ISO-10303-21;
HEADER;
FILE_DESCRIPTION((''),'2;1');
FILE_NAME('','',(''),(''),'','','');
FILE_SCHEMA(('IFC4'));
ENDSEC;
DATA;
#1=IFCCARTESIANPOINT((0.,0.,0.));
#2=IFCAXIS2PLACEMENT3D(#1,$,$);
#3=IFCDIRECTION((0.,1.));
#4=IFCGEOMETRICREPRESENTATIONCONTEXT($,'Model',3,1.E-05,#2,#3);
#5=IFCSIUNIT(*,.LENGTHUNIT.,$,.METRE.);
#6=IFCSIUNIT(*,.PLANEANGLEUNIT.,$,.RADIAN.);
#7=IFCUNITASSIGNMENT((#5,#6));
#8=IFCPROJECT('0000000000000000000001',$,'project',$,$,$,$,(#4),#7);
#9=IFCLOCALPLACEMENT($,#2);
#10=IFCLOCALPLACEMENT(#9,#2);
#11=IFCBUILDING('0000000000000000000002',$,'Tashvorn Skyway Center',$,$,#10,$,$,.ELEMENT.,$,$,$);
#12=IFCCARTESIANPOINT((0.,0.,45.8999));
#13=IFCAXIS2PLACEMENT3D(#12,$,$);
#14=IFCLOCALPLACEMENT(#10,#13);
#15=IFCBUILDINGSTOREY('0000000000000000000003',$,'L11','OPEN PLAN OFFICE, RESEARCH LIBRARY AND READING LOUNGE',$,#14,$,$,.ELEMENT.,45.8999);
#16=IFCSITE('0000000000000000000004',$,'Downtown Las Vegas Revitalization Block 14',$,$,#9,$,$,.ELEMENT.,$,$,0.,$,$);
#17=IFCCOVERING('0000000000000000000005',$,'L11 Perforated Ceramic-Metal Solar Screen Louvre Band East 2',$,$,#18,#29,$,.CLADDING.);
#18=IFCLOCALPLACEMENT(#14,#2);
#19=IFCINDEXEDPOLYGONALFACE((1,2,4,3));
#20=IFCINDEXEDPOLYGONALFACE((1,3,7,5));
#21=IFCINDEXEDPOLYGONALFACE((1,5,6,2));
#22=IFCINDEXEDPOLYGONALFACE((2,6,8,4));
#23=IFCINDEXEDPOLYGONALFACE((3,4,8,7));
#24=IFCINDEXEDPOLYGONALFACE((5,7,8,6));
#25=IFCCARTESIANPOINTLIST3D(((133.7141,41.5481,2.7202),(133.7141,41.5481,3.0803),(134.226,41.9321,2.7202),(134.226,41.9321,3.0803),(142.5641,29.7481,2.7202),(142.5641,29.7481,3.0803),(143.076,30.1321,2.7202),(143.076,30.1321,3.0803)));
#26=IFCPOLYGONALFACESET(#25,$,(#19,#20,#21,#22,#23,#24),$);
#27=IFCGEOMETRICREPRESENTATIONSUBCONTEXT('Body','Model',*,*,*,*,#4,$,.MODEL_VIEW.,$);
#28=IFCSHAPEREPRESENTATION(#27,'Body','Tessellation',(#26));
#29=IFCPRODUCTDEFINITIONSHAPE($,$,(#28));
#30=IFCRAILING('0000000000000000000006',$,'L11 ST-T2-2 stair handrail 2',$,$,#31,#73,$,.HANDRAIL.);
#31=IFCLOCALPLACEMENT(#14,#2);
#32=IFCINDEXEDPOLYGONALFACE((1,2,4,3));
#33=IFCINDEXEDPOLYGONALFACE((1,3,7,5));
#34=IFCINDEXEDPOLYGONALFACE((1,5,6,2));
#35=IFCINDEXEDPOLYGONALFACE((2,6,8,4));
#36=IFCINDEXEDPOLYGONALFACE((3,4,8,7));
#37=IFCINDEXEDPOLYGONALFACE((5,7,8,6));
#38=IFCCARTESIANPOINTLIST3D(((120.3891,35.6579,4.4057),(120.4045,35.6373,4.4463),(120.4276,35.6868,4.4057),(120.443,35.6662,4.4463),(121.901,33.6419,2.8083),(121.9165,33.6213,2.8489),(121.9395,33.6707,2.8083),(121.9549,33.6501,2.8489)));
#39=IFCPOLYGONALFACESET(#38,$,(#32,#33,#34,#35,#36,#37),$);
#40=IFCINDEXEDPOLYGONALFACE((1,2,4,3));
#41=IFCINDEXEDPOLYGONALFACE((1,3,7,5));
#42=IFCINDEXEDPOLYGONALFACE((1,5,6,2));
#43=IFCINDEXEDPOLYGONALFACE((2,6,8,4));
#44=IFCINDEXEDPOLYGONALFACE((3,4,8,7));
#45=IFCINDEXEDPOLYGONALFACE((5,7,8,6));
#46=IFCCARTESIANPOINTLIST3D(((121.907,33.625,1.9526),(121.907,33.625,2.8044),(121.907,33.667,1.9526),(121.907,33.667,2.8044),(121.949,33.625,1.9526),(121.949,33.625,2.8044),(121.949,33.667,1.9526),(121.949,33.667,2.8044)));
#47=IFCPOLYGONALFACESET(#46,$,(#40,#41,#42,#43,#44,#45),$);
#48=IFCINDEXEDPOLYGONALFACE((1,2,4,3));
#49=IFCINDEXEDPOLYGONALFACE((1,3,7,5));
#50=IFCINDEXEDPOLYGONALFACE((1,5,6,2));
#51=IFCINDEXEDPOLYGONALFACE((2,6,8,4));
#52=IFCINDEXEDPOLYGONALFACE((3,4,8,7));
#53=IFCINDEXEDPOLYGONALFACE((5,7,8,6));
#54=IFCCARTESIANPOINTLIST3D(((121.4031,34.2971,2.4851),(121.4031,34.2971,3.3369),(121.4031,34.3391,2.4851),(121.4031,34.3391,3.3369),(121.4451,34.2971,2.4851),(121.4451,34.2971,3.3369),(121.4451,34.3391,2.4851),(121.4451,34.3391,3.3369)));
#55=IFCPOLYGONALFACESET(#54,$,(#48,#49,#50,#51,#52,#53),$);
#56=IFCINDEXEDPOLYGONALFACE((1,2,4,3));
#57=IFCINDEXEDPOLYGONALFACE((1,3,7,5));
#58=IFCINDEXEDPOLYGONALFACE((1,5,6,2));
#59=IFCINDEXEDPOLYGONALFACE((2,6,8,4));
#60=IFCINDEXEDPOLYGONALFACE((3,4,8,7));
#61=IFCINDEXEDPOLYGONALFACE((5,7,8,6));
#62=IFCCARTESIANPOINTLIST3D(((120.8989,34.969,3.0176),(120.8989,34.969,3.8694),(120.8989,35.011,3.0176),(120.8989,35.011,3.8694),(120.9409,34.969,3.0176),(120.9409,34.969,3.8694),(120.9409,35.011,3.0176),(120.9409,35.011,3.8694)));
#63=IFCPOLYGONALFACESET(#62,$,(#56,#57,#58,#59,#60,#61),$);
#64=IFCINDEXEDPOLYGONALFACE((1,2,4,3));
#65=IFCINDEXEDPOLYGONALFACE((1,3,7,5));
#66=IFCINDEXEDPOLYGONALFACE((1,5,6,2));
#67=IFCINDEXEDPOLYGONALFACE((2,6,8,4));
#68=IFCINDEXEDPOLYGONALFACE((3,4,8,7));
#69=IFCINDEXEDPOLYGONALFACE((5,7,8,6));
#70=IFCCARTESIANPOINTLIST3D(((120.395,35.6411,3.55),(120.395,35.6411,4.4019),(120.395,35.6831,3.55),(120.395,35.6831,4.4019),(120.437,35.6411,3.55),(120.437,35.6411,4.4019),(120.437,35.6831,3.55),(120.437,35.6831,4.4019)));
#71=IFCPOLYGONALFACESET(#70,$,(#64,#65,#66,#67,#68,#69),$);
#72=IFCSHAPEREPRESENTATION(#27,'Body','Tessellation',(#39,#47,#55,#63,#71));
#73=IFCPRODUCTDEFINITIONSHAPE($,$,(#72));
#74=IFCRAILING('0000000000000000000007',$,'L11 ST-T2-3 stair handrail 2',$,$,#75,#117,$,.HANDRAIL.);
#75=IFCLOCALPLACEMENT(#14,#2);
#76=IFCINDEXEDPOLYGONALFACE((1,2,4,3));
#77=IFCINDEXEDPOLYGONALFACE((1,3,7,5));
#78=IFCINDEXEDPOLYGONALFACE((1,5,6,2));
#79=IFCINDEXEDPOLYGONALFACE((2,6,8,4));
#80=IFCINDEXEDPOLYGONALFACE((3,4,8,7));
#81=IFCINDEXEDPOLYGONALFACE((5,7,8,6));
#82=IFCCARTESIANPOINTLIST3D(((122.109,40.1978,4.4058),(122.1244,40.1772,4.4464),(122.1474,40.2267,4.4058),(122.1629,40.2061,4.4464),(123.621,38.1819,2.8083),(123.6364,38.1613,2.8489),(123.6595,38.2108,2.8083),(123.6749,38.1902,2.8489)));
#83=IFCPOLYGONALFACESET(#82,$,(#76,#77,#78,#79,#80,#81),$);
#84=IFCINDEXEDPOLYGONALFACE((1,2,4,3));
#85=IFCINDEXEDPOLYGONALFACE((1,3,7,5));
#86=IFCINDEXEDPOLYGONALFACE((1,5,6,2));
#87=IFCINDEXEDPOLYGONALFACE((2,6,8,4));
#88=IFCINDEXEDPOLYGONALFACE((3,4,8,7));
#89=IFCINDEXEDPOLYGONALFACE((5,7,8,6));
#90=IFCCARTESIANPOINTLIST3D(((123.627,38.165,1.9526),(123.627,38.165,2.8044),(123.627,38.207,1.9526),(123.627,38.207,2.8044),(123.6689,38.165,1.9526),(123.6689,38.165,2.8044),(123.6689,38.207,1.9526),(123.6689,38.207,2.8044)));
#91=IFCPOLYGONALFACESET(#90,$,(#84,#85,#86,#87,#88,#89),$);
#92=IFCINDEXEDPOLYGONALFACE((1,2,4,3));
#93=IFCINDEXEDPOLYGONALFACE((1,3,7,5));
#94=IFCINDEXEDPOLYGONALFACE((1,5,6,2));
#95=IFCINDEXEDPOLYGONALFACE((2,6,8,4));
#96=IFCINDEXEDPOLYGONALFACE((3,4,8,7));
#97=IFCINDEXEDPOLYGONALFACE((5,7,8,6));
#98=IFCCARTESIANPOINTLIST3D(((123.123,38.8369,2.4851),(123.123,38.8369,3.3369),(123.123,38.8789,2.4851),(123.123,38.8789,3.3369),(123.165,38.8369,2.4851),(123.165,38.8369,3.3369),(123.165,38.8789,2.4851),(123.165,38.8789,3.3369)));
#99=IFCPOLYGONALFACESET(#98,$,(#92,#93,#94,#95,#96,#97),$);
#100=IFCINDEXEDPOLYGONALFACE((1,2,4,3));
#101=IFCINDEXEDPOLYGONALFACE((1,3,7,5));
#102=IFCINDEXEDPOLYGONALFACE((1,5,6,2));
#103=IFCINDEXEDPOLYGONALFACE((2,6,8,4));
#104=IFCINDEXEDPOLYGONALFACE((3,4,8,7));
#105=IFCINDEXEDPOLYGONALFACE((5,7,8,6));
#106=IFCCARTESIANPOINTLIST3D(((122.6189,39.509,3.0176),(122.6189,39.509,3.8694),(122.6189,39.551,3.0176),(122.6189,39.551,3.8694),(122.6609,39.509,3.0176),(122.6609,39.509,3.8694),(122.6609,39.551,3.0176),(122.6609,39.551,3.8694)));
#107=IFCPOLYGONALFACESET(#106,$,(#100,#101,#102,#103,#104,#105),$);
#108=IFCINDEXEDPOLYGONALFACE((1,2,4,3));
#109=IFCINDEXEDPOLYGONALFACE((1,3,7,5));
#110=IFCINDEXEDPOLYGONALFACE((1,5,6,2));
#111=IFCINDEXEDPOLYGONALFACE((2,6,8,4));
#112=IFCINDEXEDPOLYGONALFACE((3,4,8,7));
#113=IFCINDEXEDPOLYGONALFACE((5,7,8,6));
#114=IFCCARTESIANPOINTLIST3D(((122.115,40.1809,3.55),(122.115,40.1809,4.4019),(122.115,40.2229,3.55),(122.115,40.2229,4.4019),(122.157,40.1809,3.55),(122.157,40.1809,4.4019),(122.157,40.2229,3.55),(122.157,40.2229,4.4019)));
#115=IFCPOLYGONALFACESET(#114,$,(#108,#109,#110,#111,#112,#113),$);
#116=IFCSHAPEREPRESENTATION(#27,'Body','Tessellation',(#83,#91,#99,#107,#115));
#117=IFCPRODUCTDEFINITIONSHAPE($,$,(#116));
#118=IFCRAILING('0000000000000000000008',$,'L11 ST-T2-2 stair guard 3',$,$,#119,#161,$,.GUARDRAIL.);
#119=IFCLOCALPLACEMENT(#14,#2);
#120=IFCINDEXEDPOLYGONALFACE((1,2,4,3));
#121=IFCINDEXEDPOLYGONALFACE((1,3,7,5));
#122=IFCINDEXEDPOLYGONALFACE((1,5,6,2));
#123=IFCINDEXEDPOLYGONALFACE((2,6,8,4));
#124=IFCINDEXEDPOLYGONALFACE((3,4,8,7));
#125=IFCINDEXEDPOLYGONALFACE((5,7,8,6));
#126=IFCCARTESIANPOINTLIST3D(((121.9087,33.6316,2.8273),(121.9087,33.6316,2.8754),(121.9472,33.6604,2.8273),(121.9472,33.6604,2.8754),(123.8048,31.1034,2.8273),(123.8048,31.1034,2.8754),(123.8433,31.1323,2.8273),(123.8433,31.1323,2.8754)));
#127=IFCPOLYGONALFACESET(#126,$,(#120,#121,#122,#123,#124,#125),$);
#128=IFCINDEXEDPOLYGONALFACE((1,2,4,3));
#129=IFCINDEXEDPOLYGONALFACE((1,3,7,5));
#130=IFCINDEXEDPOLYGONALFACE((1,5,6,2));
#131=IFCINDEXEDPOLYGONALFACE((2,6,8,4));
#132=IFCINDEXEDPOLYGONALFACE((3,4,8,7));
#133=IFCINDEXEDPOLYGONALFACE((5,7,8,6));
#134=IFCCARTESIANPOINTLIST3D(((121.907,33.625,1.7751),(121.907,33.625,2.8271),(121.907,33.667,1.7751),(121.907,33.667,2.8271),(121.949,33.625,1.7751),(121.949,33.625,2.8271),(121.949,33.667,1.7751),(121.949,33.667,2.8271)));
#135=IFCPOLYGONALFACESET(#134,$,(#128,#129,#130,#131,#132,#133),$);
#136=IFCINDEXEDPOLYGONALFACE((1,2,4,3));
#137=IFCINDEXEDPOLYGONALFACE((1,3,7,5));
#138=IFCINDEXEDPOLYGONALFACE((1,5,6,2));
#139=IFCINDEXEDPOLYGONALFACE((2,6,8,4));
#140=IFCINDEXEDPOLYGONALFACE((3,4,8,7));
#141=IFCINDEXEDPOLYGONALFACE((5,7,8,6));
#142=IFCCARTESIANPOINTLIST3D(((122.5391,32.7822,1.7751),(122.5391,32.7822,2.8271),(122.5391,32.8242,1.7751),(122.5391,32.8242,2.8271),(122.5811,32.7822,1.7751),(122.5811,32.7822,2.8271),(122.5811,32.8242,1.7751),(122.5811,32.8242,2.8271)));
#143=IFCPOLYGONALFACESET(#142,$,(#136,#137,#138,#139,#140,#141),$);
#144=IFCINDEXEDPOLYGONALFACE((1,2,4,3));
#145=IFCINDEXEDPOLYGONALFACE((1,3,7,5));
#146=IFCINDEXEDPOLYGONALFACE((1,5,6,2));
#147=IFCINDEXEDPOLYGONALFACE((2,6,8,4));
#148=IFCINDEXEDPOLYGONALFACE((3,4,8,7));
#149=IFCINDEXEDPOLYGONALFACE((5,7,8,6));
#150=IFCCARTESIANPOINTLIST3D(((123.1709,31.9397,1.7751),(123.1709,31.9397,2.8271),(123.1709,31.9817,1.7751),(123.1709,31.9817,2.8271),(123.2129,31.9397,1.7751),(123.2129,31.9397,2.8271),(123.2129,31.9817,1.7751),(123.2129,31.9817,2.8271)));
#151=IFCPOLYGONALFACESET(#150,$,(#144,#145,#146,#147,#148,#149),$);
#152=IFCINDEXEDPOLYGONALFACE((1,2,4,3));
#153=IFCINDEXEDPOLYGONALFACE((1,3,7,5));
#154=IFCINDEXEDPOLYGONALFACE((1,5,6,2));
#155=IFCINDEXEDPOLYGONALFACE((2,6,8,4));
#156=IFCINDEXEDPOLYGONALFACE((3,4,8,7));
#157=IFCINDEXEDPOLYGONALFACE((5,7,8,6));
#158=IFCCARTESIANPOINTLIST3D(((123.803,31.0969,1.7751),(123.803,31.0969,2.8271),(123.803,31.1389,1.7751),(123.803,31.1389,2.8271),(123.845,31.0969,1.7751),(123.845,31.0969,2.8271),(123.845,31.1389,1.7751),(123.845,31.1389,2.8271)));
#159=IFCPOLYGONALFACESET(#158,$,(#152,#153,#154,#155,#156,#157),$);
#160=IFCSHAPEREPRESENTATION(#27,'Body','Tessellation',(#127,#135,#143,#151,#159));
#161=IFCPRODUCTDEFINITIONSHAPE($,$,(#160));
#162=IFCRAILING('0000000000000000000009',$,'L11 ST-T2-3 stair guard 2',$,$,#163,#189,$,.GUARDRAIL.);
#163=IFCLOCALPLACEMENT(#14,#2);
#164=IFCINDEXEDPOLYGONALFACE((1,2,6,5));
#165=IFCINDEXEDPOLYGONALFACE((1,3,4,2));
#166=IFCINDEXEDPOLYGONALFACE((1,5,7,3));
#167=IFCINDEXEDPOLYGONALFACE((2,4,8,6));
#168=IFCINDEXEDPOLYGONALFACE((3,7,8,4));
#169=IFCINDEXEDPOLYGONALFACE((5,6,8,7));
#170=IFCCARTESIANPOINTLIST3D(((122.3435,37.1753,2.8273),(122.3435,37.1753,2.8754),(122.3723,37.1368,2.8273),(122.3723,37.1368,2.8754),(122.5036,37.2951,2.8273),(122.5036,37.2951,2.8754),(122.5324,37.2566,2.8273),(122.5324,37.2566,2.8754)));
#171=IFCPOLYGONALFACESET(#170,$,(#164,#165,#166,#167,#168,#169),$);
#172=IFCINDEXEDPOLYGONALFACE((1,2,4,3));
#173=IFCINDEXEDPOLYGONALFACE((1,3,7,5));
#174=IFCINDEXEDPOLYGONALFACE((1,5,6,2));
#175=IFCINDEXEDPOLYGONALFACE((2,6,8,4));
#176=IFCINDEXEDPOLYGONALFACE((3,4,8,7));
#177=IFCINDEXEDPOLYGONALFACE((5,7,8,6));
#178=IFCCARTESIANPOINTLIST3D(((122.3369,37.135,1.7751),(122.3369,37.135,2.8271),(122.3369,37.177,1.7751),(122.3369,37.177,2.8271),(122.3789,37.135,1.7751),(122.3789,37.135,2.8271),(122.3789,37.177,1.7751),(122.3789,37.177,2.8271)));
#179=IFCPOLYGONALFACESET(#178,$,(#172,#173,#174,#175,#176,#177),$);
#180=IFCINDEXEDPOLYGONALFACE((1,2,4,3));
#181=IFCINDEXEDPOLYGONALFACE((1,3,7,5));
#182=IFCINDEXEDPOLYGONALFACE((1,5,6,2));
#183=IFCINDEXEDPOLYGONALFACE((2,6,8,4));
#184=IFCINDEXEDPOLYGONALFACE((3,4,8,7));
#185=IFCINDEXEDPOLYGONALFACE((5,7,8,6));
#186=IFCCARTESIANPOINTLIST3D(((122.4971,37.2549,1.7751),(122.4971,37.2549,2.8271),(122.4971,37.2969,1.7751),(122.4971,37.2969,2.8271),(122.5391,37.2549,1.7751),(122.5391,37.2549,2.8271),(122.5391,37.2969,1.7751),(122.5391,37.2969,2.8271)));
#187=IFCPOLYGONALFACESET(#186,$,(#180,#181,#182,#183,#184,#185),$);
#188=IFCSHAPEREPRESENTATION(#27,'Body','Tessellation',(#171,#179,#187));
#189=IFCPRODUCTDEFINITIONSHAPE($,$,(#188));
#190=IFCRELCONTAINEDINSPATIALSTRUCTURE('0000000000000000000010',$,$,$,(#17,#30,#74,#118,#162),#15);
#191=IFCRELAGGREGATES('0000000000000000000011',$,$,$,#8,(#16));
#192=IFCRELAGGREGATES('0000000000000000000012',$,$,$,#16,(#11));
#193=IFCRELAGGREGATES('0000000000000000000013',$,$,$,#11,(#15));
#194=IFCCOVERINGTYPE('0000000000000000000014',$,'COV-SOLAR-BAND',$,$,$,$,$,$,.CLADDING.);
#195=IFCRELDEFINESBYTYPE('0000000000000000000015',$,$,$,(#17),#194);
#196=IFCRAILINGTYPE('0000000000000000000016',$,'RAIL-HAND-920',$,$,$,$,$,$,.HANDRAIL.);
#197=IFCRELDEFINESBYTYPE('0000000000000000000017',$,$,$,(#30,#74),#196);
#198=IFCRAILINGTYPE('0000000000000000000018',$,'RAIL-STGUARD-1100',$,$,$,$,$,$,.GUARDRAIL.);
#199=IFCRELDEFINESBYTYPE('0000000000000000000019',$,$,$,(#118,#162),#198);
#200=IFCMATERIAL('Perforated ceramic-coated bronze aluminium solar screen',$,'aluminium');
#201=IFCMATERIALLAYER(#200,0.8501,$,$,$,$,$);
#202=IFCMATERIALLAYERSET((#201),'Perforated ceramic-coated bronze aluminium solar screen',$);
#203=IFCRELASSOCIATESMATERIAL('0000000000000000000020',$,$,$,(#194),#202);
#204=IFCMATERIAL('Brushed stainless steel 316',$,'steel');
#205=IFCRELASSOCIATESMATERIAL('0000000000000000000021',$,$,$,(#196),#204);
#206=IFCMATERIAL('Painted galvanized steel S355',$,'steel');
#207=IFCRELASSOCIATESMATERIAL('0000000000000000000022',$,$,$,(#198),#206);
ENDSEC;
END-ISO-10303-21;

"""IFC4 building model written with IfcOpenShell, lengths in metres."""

from ifc_helpers import new_model, si_unit, direction, frame, origin, origin_2d, place, context, subcontext, project, spatial, rectangle, extrude, material, layer, layer_set, type_object, element, save


model = new_model("IFC4")

# Units and contexts
model_context = context("Model", 3, precision=1e-05, world=origin(), true_north=direction((0.0, 1.0)))
body_context = subcontext(model_context, "Body", "Model", "MODEL_VIEW")
ifc_project = project(units=[si_unit("LENGTHUNIT", "METRE"), si_unit("PLANEANGLEUNIT", "RADIAN")], contexts=[model_context])

# Site, building, storey
site_placement = place(None, origin())
site = spatial("IfcSite", under=ifc_project, at=site_placement, Name="Downtown Las Vegas Revitalization Block 14", CompositionType="ELEMENT", RefElevation=0.0)
building_placement = place(site_placement, origin())
building = spatial("IfcBuilding", under=site, at=building_placement, Name="Tashvorn Skyway Center", CompositionType="ELEMENT")
storey_placement = place(building_placement, frame((0.0, 0.0, 45.8999)))
storey = spatial("IfcBuildingStorey", under=building, at=storey_placement, Name="L11", Description="OPEN PLAN OFFICE, RESEARCH LIBRARY AND READING LOUNGE", CompositionType="ELEMENT", Elevation=45.8999)

# Covering
ifc_material_1 = material(Name="Perforated ceramic-coated bronze aluminium solar screen", Category="aluminium")
ifc_layer_1 = layer(ifc_material_1, 0.8501)
ifc_layer_set_1 = layer_set([ifc_layer_1], Name="Perforated ceramic-coated bronze aluminium solar screen")
covering_type_1 = type_object("IfcCoveringType", Name="COV-SOLAR-BAND", PredefinedType="CLADDING", material=ifc_layer_set_1)
for number, where, z_axis, x_axis, name in (
    (1, (138.395, 35.8401, 2.7202), (0.0, 0.0, 1.0), (0.6, -0.8, 0.0), "L11 Perforated Ceramic-Metal Solar Screen Louvre Band East 2"),
):
    element("IfcCovering", number, at=place(storey_placement, frame(where, z_axis=z_axis, x_axis=x_axis)), inside=storey, type_object=covering_type_1, Name=name, PredefinedType="CLADDING", context=body_context, shape_type="SweptSolid", body=[
        extrude(rectangle(XDim=14.75, YDim=0.6399, at=origin_2d()), origin(), (0.0, 0.0, 1.0), 0.3601),
    ])

# Railings
ifc_material_2 = material(Name="Brushed stainless steel 316", Category="steel")
railing_type_1 = type_object("IfcRailingType", Name="RAIL-HAND-920", PredefinedType="HANDRAIL", material=ifc_material_2)
railing_1_placement = place(storey_placement, frame((121.928, 33.646, 1.9526)))
element("IfcRailing", 2, at=railing_1_placement, inside=storey, type_object=railing_type_1, Name="L11 ST-T2-2 stair handrail 2", PredefinedType="HANDRAIL", context=body_context, shape_type="SweptSolid", body=[
    extrude(rectangle(XDim=0.0481, YDim=0.0481, at=origin_2d()), frame((0.0, 0.0, 0.876), z_axis=(-0.506741, 0.675709, 0.535379), x_axis=(-0.800023, -0.599969, 0.0)), (0.0, 0.0, 1.0), 2.9836),
    extrude(rectangle(XDim=0.042, YDim=0.042, at=origin_2d()), origin(), (0.0, 0.0, 1.0), 0.8518),
    extrude(rectangle(XDim=0.042, YDim=0.042, at=origin_2d()), frame((-0.5039, 0.6721, 0.5325)), (0.0, 0.0, 1.0), 0.8518),
    extrude(rectangle(XDim=0.042, YDim=0.042, at=origin_2d()), frame((-1.0081, 1.344, 1.0649)), (0.0, 0.0, 1.0), 0.8518),
    extrude(rectangle(XDim=0.042, YDim=0.042, at=origin_2d()), frame((-1.512, 2.0161, 1.5974)), (0.0, 0.0, 1.0), 0.8518),
])
railing_2_placement = place(storey_placement, frame((123.6479, 38.186, 1.9526)))
element("IfcRailing", 3, at=railing_2_placement, inside=storey, type_object=railing_type_1, Name="L11 ST-T2-3 stair handrail 2", PredefinedType="HANDRAIL", context=body_context, shape_type="SweptSolid", body=[
    extrude(rectangle(XDim=0.0481, YDim=0.0481, at=origin_2d()), frame((0.0, 0.0, 0.876), z_axis=(-0.506769, 0.675664, 0.535409), x_axis=(-0.799988, -0.600016, 0.0)), (0.0, 0.0, 1.0), 2.9836),
    extrude(rectangle(XDim=0.042, YDim=0.042, at=origin_2d()), origin(), (0.0, 0.0, 1.0), 0.8518),
    extrude(rectangle(XDim=0.042, YDim=0.042, at=origin_2d()), frame((-0.5039, 0.6719, 0.5325)), (0.0, 0.0, 1.0), 0.8518),
    extrude(rectangle(XDim=0.042, YDim=0.042, at=origin_2d()), frame((-1.0081, 1.344, 1.0649)), (0.0, 0.0, 1.0), 0.8518),
    extrude(rectangle(XDim=0.042, YDim=0.042, at=origin_2d()), frame((-1.512, 2.0159, 1.5974)), (0.0, 0.0, 1.0), 0.8518),
])
ifc_material_3 = material(Name="Painted galvanized steel S355", Category="steel")
railing_type_2 = type_object("IfcRailingType", Name="RAIL-STGUARD-1100", PredefinedType="GUARDRAIL", material=ifc_material_3)
railing_3_placement = place(storey_placement, frame((121.928, 33.646, 1.7751)))
element("IfcRailing", 4, at=railing_3_placement, inside=storey, type_object=railing_type_2, Name="L11 ST-T2-2 stair guard 3", PredefinedType="GUARDRAIL", context=body_context, shape_type="SweptSolid", body=[
    extrude(rectangle(XDim=0.0481, YDim=0.0481, at=origin_2d()), frame((0.0, 0.0, 1.0762), z_axis=(0.599988, -0.800009, 0.0), x_axis=(0.800009, 0.599988, 0.0)), (0.0, 0.0, 1.0), 3.1602),
    extrude(rectangle(XDim=0.042, YDim=0.042, at=origin_2d()), origin(), (0.0, 0.0, 1.0), 1.052),
    extrude(rectangle(XDim=0.042, YDim=0.042, at=origin_2d()), frame((0.6321, -0.8428, 0.0)), (0.0, 0.0, 1.0), 1.052),
    extrude(rectangle(XDim=0.042, YDim=0.042, at=origin_2d()), frame((1.2639, -1.6853, 0.0)), (0.0, 0.0, 1.0), 1.052),
    extrude(rectangle(XDim=0.042, YDim=0.042, at=origin_2d()), frame((1.896, -2.5281, 0.0)), (0.0, 0.0, 1.0), 1.052),
])
railing_4_placement = place(storey_placement, frame((122.3579, 37.156, 1.7751)))
element("IfcRailing", 5, at=railing_4_placement, inside=storey, type_object=railing_type_2, Name="L11 ST-T2-3 stair guard 2", PredefinedType="GUARDRAIL", context=body_context, shape_type="SweptSolid", body=[
    extrude(rectangle(XDim=0.0481, YDim=0.0481, at=origin_2d()), frame((0.0, 0.0, 1.0762), z_axis=(0.800585, 0.599219, 0.0), x_axis=(-0.599219, 0.800585, 0.0)), (0.0, 0.0, 1.0), 0.2),
    extrude(rectangle(XDim=0.042, YDim=0.042, at=origin_2d()), origin(), (0.0, 0.0, 1.0), 1.052),
    extrude(rectangle(XDim=0.042, YDim=0.042, at=origin_2d()), frame((0.1602, 0.1199, 0.0)), (0.0, 0.0, 1.0), 1.052),
])

save(model, "model.ifc")
